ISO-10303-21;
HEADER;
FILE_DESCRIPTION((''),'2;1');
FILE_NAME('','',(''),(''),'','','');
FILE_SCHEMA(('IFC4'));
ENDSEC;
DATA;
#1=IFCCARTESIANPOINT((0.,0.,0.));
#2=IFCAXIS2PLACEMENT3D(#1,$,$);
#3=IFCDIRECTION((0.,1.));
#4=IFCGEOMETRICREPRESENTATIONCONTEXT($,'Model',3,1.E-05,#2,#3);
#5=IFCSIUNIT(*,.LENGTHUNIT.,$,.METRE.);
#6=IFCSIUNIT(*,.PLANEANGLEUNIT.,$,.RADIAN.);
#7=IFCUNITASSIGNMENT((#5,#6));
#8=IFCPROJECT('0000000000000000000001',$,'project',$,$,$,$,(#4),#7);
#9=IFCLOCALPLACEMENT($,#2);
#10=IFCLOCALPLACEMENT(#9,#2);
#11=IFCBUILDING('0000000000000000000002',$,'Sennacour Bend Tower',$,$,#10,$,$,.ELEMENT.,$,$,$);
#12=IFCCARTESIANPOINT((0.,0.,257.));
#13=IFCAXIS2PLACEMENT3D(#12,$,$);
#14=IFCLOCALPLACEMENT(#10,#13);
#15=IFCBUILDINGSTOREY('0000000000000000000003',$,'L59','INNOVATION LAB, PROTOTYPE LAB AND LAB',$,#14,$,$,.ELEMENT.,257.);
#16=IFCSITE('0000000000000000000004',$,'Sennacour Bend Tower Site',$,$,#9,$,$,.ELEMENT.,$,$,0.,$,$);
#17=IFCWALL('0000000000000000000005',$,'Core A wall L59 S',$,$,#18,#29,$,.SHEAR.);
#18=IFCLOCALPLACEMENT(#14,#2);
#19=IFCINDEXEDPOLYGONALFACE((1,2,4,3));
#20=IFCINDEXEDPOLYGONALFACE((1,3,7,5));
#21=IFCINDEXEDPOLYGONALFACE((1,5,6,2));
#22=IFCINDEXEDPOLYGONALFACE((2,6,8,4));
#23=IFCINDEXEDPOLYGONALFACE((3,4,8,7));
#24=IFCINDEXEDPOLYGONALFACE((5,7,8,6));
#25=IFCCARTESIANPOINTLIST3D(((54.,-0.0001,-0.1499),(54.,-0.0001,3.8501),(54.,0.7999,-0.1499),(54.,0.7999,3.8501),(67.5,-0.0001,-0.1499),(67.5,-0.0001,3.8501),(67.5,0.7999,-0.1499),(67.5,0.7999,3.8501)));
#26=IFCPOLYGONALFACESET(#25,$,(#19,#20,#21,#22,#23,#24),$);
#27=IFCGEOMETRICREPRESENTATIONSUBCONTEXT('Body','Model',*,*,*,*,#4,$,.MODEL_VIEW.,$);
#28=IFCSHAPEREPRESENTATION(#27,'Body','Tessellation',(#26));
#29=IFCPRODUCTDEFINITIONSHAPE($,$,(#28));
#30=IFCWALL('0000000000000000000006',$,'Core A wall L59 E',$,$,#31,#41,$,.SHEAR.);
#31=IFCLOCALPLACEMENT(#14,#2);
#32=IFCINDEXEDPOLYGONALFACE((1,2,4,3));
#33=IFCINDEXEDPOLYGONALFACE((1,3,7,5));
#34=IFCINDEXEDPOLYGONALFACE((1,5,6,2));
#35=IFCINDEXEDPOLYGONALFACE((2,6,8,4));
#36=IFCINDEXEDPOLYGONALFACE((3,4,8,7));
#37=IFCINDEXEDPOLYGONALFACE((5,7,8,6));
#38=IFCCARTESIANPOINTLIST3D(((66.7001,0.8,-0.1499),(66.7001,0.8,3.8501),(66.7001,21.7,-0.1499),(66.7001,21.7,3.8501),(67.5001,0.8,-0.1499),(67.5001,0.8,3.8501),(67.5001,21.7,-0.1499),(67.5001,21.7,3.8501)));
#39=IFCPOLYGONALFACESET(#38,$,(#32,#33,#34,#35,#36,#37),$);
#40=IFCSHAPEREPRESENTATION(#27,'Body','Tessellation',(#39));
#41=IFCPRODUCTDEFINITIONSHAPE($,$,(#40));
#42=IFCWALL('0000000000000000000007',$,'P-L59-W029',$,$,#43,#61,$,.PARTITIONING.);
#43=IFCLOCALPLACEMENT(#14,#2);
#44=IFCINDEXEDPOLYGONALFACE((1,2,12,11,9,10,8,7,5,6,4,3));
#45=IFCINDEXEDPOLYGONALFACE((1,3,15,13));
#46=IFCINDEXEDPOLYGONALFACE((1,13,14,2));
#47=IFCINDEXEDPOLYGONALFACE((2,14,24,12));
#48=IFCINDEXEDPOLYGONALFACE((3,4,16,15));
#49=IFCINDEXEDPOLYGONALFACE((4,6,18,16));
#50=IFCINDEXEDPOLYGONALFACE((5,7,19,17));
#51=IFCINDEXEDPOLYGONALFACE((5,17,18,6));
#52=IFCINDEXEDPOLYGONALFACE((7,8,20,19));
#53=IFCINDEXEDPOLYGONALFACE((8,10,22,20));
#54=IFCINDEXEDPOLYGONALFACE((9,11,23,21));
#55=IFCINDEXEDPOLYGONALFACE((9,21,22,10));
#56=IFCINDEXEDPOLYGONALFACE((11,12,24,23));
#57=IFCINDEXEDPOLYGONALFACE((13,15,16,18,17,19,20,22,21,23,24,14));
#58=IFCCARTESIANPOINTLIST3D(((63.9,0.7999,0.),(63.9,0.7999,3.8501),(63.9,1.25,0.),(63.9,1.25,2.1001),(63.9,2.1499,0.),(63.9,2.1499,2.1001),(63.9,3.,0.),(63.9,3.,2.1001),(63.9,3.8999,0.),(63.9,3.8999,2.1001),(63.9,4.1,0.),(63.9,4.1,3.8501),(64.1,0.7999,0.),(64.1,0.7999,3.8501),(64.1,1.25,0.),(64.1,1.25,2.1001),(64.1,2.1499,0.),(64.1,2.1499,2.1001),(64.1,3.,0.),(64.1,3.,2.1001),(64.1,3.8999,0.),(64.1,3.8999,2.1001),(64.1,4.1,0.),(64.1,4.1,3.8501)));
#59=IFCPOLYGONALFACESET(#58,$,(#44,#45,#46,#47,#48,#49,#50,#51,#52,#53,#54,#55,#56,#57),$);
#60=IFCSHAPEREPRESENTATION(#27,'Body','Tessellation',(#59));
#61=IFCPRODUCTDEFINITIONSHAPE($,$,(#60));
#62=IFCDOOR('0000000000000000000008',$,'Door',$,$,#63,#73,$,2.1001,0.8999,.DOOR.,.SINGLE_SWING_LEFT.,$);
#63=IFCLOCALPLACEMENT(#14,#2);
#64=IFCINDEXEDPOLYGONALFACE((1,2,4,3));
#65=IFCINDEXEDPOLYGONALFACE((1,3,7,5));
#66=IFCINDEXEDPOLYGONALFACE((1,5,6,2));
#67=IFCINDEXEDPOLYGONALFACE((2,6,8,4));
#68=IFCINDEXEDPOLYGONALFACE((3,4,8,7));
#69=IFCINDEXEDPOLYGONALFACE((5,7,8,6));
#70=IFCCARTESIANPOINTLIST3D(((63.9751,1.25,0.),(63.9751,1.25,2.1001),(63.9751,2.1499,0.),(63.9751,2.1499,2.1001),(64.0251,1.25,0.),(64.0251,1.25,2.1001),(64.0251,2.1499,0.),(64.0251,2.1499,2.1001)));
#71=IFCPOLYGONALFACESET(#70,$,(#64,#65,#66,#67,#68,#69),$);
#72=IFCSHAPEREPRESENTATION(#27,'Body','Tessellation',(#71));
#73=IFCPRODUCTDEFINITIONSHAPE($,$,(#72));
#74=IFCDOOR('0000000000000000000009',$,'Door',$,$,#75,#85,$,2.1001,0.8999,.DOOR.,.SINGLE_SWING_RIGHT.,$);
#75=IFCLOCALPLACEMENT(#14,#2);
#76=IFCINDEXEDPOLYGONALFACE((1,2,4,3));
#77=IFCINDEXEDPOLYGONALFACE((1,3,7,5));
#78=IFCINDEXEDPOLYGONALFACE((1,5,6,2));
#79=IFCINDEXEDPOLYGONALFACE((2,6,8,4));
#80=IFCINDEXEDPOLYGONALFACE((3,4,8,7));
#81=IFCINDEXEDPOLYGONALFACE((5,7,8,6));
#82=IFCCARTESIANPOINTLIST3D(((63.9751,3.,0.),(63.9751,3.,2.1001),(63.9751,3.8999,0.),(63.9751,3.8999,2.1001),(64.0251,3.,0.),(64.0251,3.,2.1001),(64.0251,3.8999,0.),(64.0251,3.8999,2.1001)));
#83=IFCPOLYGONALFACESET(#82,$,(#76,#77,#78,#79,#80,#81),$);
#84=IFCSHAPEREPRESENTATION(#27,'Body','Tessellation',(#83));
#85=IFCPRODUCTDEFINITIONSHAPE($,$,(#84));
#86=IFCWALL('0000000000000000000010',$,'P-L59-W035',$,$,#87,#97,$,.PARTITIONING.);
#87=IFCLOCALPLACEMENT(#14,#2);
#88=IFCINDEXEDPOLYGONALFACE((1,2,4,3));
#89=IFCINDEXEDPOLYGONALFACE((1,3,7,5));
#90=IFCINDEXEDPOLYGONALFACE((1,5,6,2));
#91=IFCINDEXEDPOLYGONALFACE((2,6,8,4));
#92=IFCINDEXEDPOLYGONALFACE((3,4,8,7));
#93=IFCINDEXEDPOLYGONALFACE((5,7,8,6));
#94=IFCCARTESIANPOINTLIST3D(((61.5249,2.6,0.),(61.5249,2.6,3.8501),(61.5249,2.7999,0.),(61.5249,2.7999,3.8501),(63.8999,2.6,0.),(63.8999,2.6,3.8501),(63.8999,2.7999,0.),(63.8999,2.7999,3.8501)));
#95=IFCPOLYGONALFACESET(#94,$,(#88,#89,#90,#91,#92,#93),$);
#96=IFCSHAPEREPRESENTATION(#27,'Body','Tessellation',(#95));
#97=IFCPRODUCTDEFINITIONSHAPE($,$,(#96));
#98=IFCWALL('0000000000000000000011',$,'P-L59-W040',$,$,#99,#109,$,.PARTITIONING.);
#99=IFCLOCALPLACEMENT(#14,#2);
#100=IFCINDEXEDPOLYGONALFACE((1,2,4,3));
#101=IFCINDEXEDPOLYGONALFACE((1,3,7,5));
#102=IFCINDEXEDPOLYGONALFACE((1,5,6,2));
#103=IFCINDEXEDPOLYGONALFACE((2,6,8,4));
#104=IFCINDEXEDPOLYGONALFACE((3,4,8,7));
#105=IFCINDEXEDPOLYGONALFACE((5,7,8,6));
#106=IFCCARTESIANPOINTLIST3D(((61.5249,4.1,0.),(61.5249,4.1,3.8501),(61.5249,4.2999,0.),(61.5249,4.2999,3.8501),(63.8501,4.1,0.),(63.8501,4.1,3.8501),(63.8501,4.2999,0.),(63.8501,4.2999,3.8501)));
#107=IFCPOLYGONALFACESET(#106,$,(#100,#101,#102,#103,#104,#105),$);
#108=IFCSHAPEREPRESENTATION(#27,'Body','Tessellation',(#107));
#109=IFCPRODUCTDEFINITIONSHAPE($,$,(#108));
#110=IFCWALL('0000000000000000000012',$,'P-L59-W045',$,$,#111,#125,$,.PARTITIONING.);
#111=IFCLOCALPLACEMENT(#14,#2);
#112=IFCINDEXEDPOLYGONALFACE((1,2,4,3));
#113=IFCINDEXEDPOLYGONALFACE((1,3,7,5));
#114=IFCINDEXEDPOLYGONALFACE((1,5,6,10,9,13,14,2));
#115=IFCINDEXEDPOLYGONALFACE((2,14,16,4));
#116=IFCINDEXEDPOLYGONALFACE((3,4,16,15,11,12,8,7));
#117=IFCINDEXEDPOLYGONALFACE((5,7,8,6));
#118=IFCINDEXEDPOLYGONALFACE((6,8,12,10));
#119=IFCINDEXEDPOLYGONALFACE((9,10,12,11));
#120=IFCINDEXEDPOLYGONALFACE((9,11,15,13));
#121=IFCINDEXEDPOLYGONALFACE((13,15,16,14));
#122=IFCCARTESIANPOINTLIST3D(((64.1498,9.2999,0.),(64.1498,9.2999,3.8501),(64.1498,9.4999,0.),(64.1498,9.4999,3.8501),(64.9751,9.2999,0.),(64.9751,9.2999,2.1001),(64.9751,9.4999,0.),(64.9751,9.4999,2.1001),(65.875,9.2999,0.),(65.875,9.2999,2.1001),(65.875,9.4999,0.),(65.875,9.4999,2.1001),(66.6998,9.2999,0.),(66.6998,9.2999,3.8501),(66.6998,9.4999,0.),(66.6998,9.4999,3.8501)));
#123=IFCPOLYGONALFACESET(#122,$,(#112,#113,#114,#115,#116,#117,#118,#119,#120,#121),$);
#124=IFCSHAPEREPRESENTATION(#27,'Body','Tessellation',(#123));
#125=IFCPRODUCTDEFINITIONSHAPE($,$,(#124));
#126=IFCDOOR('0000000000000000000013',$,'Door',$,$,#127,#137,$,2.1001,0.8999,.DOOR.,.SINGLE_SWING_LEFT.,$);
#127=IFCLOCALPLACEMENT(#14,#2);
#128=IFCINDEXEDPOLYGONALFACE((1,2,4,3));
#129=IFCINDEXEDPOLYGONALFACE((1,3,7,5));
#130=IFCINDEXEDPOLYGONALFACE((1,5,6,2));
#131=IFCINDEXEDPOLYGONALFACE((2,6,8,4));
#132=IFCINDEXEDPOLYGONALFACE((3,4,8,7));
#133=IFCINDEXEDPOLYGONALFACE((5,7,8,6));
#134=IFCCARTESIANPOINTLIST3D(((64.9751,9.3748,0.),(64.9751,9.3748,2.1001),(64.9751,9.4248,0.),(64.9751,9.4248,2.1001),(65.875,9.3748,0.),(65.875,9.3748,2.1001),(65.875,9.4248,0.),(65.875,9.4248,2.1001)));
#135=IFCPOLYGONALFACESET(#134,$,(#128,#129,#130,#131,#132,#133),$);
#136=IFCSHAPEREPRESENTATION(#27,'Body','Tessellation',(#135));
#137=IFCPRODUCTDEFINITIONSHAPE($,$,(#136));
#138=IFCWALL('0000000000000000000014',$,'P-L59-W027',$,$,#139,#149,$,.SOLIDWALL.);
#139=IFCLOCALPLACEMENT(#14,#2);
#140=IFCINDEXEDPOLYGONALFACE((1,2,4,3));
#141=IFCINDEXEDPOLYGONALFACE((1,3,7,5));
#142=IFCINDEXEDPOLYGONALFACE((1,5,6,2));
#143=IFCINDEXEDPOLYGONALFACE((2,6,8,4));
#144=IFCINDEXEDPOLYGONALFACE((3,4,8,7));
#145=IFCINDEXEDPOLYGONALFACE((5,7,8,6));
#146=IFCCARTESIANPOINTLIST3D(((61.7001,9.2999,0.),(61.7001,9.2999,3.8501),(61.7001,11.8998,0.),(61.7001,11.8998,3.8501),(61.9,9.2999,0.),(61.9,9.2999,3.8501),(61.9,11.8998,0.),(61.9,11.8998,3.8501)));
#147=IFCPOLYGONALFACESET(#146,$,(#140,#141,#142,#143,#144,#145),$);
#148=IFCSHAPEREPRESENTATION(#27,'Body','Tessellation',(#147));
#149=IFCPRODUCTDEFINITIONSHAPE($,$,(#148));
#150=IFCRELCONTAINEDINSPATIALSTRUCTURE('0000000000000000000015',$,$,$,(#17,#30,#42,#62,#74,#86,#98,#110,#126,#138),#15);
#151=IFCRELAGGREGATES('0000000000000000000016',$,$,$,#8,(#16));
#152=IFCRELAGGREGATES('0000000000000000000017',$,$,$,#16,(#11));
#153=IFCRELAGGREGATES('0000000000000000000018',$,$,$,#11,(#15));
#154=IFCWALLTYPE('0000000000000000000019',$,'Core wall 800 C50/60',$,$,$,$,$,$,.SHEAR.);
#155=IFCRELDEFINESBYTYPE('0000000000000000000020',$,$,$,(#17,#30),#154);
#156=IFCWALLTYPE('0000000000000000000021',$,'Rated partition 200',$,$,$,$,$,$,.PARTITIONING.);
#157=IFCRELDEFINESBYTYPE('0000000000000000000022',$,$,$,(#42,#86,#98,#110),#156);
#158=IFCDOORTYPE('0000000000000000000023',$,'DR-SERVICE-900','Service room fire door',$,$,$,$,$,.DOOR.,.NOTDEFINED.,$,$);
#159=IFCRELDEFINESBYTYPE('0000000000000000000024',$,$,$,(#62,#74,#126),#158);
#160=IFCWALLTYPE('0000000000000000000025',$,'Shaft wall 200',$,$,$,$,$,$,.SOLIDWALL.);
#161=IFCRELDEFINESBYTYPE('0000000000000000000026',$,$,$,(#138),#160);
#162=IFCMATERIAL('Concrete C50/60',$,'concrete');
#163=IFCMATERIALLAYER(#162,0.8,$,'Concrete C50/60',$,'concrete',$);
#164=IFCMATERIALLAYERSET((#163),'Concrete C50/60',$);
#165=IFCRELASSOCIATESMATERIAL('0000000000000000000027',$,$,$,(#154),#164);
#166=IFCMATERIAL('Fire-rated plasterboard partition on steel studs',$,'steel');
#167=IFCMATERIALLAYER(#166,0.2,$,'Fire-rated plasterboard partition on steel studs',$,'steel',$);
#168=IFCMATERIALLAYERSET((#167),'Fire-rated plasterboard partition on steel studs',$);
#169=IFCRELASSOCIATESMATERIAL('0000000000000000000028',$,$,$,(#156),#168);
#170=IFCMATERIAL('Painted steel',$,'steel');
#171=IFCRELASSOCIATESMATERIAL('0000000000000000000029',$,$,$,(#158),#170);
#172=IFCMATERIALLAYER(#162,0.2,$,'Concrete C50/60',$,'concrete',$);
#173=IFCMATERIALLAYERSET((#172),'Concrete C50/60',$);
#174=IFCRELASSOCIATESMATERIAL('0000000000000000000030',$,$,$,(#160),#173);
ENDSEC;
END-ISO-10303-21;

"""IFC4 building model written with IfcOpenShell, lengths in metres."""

from ifc_helpers import new_model, si_unit, direction, frame, frame_2d, origin, place, context, subcontext, project, spatial, rectangle, extrude, material, layer, layer_set, type_object, element, fill, save


model = new_model("IFC4")

# Units and contexts
model_context = context("Model", 3, precision=1e-05, world=origin(), true_north=direction((0.0, 1.0)))
body_context = subcontext(model_context, "Body", "Model", "MODEL_VIEW")
ifc_project = project(units=[si_unit("LENGTHUNIT", "METRE"), si_unit("PLANEANGLEUNIT", "RADIAN")], contexts=[model_context])

# Site, building, storey
site_placement = place(None, origin())
site = spatial("IfcSite", under=ifc_project, at=site_placement, Name="Sennacour Bend Tower Site", CompositionType="ELEMENT", RefElevation=0.0)
building_placement = place(site_placement, origin())
building = spatial("IfcBuilding", under=site, at=building_placement, Name="Sennacour Bend Tower", CompositionType="ELEMENT")
storey_placement = place(building_placement, frame((0.0, 0.0, 257.0)))
storey = spatial("IfcBuildingStorey", under=building, at=storey_placement, Name="L59", Description="INNOVATION LAB, PROTOTYPE LAB AND LAB", CompositionType="ELEMENT", Elevation=257.0)

# Walls
ifc_material_1 = material(Name="Concrete C50/60", Category="concrete")
ifc_layer_1 = layer(ifc_material_1, 0.8, Name="Concrete C50/60", Category="concrete")
ifc_layer_set_1 = layer_set([ifc_layer_1], Name="Concrete C50/60")
wall_type_1 = type_object("IfcWallType", Name="Core wall 800 C50/60", PredefinedType="SHEAR", material=ifc_layer_set_1)
wall_1_placement = place(storey_placement, frame((67.5, 0.3999, -0.1499), z_axis=(0.0, 0.0, 1.0), x_axis=(-1.0, 0.0, 0.0)))
element("IfcWall", 1, at=wall_1_placement, inside=storey, type_object=wall_type_1, Name="Core A wall L59 S", PredefinedType="SHEAR", context=body_context, shape_type="SweptSolid", body=[
    extrude(rectangle(XDim=13.5, YDim=0.8, at=frame_2d((6.75, 0.0))), origin(), (0.0, 0.0, 1.0), 4.0),
])
wall_2_placement = place(storey_placement, frame((67.1001, 0.8, -0.1499), z_axis=(0.0, 0.0, 1.0), x_axis=(0.0, 1.0, 0.0)))
element("IfcWall", 2, at=wall_2_placement, inside=storey, type_object=wall_type_1, Name="Core A wall L59 E", PredefinedType="SHEAR", context=body_context, shape_type="SweptSolid", body=[
    extrude(rectangle(XDim=20.8999, YDim=0.8, at=frame_2d((10.45, 0.0))), origin(), (0.0, 0.0, 1.0), 4.0),
])

# Wall, openings, doors
ifc_material_2 = material(Name="Fire-rated plasterboard partition on steel studs", Category="steel")
ifc_layer_2 = layer(ifc_material_2, 0.2, Name="Fire-rated plasterboard partition on steel studs", Category="steel")
ifc_layer_set_2 = layer_set([ifc_layer_2], Name="Fire-rated plasterboard partition on steel studs")
wall_type_2 = type_object("IfcWallType", Name="Rated partition 200", PredefinedType="PARTITIONING", material=ifc_layer_set_2)
wall_3_placement = place(storey_placement, frame((64.0, 0.8, 0.0), z_axis=(0.0, 0.0, 1.0), x_axis=(0.0, 1.0, 0.0)))
wall_3 = element("IfcWall", 3, at=wall_3_placement, inside=storey, type_object=wall_type_2, Name="P-L59-W029", PredefinedType="PARTITIONING", context=body_context, shape_type="SweptSolid", body=[
    extrude(rectangle(XDim=3.3, YDim=0.2, at=frame_2d((1.6499, 0.0))), origin(), (0.0, 0.0, 1.0), 3.8501),
])
opening_1_placement = place(wall_3_placement, frame((0.45, 0.0, 0.0)))
opening_1 = element("IfcOpeningElement", 4, at=opening_1_placement, cuts=wall_3, PredefinedType="OPENING", context=body_context, shape_type="SweptSolid", body=[
    extrude(rectangle(XDim=0.8999, YDim=2.1001, at=frame_2d((0.45, 1.05))), frame((0.0, 0.1099, 0.0), z_axis=(0.0, -1.0, 0.0), x_axis=(1.0, 0.0, 0.0)), (0.0, 0.0, 1.0), 0.22),
])
opening_2_placement = place(wall_3_placement, frame((2.2, 0.0, 0.0)))
opening_2 = element("IfcOpeningElement", 5, at=opening_2_placement, cuts=wall_3, PredefinedType="OPENING", context=body_context, shape_type="SweptSolid", body=[
    extrude(rectangle(XDim=0.8999, YDim=2.1001, at=frame_2d((0.45, 1.05))), frame((0.0, 0.1099, 0.0), z_axis=(0.0, -1.0, 0.0), x_axis=(1.0, 0.0, 0.0)), (0.0, 0.0, 1.0), 0.22),
])
ifc_material_3 = material(Name="Painted steel", Category="steel")
door_type_1 = type_object("IfcDoorType", Name="DR-SERVICE-900", Description="Service room fire door", OperationType="NOTDEFINED", PredefinedType="DOOR", material=ifc_material_3)
door_1_placement = place(opening_1_placement, origin())
door_1 = element("IfcDoor", 6, at=door_1_placement, inside=storey, type_object=door_type_1, Name="Door", OperationType="SINGLE_SWING_LEFT", OverallHeight=2.1001, OverallWidth=0.8999, PredefinedType="DOOR", context=body_context, shape_type="SweptSolid", body=[
    extrude(rectangle(XDim=0.8999, YDim=2.1001, at=frame_2d((0.45, 1.05))), frame((0.0, 0.0249, 0.0), z_axis=(0.0, -1.0, 0.0), x_axis=(1.0, 0.0, 0.0)), (0.0, 0.0, 1.0), 0.05),
])
fill(opening_1, door_1)
door_2_placement = place(opening_2_placement, origin())
door_2 = element("IfcDoor", 7, at=door_2_placement, inside=storey, type_object=door_type_1, Name="Door", OperationType="SINGLE_SWING_RIGHT", OverallHeight=2.1001, OverallWidth=0.8999, PredefinedType="DOOR", context=body_context, shape_type="SweptSolid", body=[
    extrude(rectangle(XDim=0.8999, YDim=2.1001, at=frame_2d((0.45, 1.05))), frame((0.0, 0.0249, 0.0), z_axis=(0.0, -1.0, 0.0), x_axis=(1.0, 0.0, 0.0)), (0.0, 0.0, 1.0), 0.05),
])
fill(opening_2, door_2)

# Walls
wall_4_placement = place(storey_placement, frame((61.5249, 2.7, 0.0), z_axis=(0.0, 0.0, 1.0), x_axis=(1.0, 0.0, 0.0)))
element("IfcWall", 8, at=wall_4_placement, inside=storey, type_object=wall_type_2, Name="P-L59-W035", PredefinedType="PARTITIONING", context=body_context, shape_type="SweptSolid", body=[
    extrude(rectangle(XDim=2.375, YDim=0.2, at=frame_2d((1.1875, 0.0))), origin(), (0.0, 0.0, 1.0), 3.8501),
])
wall_5_placement = place(storey_placement, frame((61.5249, 4.2, 0.0), z_axis=(0.0, 0.0, 1.0), x_axis=(1.0, 0.0, 0.0)))
element("IfcWall", 9, at=wall_5_placement, inside=storey, type_object=wall_type_2, Name="P-L59-W040", PredefinedType="PARTITIONING", context=body_context, shape_type="SweptSolid", body=[
    extrude(rectangle(XDim=2.3252, YDim=0.2, at=frame_2d((1.1626, 0.0))), origin(), (0.0, 0.0, 1.0), 3.8501),
])

# Wall, opening, door
wall_6_placement = place(storey_placement, frame((64.1499, 9.3999, 0.0), z_axis=(0.0, 0.0, 1.0), x_axis=(1.0, 0.0, 0.0)))
wall_6 = element("IfcWall", 10, at=wall_6_placement, inside=storey, type_object=wall_type_2, Name="P-L59-W045", PredefinedType="PARTITIONING", context=body_context, shape_type="SweptSolid", body=[
    extrude(rectangle(XDim=2.55, YDim=0.2, at=frame_2d((1.2749, 0.0))), origin(), (0.0, 0.0, 1.0), 3.8501),
])
opening_3_placement = place(wall_6_placement, frame((0.8252, 0.0, 0.0)))
opening_3 = element("IfcOpeningElement", 11, at=opening_3_placement, cuts=wall_6, PredefinedType="OPENING", context=body_context, shape_type="SweptSolid", body=[
    extrude(rectangle(XDim=0.8999, YDim=2.1001, at=frame_2d((0.45, 1.05))), frame((0.0, 0.1099, 0.0), z_axis=(0.0, -1.0, 0.0), x_axis=(1.0, 0.0, 0.0)), (0.0, 0.0, 1.0), 0.22),
])
door_3_placement = place(opening_3_placement, origin())
door_3 = element("IfcDoor", 12, at=door_3_placement, inside=storey, type_object=door_type_1, Name="Door", OperationType="SINGLE_SWING_LEFT", OverallHeight=2.1001, OverallWidth=0.8999, PredefinedType="DOOR", context=body_context, shape_type="SweptSolid", body=[
    extrude(rectangle(XDim=0.8999, YDim=2.1001, at=frame_2d((0.45, 1.05))), frame((0.0, 0.0249, 0.0), z_axis=(0.0, -1.0, 0.0), x_axis=(1.0, 0.0, 0.0)), (0.0, 0.0, 1.0), 0.05),
])
fill(opening_3, door_3)

# Wall
ifc_layer_3 = layer(ifc_material_1, 0.2, Name="Concrete C50/60", Category="concrete")
ifc_layer_set_3 = layer_set([ifc_layer_3], Name="Concrete C50/60")
wall_type_3 = type_object("IfcWallType", Name="Shaft wall 200", PredefinedType="SOLIDWALL", material=ifc_layer_set_3)
wall_7_placement = place(storey_placement, frame((61.8, 9.3, 0.0), z_axis=(0.0, 0.0, 1.0), x_axis=(0.0, 1.0, 0.0)))
element("IfcWall", 13, at=wall_7_placement, inside=storey, type_object=wall_type_3, Name="P-L59-W027", PredefinedType="SOLIDWALL", context=body_context, shape_type="SweptSolid", body=[
    extrude(rectangle(XDim=2.5999, YDim=0.2, at=frame_2d((1.2998, 0.0))), origin(), (0.0, 0.0, 1.0), 3.8501),
])

save(model, "model.ifc")
